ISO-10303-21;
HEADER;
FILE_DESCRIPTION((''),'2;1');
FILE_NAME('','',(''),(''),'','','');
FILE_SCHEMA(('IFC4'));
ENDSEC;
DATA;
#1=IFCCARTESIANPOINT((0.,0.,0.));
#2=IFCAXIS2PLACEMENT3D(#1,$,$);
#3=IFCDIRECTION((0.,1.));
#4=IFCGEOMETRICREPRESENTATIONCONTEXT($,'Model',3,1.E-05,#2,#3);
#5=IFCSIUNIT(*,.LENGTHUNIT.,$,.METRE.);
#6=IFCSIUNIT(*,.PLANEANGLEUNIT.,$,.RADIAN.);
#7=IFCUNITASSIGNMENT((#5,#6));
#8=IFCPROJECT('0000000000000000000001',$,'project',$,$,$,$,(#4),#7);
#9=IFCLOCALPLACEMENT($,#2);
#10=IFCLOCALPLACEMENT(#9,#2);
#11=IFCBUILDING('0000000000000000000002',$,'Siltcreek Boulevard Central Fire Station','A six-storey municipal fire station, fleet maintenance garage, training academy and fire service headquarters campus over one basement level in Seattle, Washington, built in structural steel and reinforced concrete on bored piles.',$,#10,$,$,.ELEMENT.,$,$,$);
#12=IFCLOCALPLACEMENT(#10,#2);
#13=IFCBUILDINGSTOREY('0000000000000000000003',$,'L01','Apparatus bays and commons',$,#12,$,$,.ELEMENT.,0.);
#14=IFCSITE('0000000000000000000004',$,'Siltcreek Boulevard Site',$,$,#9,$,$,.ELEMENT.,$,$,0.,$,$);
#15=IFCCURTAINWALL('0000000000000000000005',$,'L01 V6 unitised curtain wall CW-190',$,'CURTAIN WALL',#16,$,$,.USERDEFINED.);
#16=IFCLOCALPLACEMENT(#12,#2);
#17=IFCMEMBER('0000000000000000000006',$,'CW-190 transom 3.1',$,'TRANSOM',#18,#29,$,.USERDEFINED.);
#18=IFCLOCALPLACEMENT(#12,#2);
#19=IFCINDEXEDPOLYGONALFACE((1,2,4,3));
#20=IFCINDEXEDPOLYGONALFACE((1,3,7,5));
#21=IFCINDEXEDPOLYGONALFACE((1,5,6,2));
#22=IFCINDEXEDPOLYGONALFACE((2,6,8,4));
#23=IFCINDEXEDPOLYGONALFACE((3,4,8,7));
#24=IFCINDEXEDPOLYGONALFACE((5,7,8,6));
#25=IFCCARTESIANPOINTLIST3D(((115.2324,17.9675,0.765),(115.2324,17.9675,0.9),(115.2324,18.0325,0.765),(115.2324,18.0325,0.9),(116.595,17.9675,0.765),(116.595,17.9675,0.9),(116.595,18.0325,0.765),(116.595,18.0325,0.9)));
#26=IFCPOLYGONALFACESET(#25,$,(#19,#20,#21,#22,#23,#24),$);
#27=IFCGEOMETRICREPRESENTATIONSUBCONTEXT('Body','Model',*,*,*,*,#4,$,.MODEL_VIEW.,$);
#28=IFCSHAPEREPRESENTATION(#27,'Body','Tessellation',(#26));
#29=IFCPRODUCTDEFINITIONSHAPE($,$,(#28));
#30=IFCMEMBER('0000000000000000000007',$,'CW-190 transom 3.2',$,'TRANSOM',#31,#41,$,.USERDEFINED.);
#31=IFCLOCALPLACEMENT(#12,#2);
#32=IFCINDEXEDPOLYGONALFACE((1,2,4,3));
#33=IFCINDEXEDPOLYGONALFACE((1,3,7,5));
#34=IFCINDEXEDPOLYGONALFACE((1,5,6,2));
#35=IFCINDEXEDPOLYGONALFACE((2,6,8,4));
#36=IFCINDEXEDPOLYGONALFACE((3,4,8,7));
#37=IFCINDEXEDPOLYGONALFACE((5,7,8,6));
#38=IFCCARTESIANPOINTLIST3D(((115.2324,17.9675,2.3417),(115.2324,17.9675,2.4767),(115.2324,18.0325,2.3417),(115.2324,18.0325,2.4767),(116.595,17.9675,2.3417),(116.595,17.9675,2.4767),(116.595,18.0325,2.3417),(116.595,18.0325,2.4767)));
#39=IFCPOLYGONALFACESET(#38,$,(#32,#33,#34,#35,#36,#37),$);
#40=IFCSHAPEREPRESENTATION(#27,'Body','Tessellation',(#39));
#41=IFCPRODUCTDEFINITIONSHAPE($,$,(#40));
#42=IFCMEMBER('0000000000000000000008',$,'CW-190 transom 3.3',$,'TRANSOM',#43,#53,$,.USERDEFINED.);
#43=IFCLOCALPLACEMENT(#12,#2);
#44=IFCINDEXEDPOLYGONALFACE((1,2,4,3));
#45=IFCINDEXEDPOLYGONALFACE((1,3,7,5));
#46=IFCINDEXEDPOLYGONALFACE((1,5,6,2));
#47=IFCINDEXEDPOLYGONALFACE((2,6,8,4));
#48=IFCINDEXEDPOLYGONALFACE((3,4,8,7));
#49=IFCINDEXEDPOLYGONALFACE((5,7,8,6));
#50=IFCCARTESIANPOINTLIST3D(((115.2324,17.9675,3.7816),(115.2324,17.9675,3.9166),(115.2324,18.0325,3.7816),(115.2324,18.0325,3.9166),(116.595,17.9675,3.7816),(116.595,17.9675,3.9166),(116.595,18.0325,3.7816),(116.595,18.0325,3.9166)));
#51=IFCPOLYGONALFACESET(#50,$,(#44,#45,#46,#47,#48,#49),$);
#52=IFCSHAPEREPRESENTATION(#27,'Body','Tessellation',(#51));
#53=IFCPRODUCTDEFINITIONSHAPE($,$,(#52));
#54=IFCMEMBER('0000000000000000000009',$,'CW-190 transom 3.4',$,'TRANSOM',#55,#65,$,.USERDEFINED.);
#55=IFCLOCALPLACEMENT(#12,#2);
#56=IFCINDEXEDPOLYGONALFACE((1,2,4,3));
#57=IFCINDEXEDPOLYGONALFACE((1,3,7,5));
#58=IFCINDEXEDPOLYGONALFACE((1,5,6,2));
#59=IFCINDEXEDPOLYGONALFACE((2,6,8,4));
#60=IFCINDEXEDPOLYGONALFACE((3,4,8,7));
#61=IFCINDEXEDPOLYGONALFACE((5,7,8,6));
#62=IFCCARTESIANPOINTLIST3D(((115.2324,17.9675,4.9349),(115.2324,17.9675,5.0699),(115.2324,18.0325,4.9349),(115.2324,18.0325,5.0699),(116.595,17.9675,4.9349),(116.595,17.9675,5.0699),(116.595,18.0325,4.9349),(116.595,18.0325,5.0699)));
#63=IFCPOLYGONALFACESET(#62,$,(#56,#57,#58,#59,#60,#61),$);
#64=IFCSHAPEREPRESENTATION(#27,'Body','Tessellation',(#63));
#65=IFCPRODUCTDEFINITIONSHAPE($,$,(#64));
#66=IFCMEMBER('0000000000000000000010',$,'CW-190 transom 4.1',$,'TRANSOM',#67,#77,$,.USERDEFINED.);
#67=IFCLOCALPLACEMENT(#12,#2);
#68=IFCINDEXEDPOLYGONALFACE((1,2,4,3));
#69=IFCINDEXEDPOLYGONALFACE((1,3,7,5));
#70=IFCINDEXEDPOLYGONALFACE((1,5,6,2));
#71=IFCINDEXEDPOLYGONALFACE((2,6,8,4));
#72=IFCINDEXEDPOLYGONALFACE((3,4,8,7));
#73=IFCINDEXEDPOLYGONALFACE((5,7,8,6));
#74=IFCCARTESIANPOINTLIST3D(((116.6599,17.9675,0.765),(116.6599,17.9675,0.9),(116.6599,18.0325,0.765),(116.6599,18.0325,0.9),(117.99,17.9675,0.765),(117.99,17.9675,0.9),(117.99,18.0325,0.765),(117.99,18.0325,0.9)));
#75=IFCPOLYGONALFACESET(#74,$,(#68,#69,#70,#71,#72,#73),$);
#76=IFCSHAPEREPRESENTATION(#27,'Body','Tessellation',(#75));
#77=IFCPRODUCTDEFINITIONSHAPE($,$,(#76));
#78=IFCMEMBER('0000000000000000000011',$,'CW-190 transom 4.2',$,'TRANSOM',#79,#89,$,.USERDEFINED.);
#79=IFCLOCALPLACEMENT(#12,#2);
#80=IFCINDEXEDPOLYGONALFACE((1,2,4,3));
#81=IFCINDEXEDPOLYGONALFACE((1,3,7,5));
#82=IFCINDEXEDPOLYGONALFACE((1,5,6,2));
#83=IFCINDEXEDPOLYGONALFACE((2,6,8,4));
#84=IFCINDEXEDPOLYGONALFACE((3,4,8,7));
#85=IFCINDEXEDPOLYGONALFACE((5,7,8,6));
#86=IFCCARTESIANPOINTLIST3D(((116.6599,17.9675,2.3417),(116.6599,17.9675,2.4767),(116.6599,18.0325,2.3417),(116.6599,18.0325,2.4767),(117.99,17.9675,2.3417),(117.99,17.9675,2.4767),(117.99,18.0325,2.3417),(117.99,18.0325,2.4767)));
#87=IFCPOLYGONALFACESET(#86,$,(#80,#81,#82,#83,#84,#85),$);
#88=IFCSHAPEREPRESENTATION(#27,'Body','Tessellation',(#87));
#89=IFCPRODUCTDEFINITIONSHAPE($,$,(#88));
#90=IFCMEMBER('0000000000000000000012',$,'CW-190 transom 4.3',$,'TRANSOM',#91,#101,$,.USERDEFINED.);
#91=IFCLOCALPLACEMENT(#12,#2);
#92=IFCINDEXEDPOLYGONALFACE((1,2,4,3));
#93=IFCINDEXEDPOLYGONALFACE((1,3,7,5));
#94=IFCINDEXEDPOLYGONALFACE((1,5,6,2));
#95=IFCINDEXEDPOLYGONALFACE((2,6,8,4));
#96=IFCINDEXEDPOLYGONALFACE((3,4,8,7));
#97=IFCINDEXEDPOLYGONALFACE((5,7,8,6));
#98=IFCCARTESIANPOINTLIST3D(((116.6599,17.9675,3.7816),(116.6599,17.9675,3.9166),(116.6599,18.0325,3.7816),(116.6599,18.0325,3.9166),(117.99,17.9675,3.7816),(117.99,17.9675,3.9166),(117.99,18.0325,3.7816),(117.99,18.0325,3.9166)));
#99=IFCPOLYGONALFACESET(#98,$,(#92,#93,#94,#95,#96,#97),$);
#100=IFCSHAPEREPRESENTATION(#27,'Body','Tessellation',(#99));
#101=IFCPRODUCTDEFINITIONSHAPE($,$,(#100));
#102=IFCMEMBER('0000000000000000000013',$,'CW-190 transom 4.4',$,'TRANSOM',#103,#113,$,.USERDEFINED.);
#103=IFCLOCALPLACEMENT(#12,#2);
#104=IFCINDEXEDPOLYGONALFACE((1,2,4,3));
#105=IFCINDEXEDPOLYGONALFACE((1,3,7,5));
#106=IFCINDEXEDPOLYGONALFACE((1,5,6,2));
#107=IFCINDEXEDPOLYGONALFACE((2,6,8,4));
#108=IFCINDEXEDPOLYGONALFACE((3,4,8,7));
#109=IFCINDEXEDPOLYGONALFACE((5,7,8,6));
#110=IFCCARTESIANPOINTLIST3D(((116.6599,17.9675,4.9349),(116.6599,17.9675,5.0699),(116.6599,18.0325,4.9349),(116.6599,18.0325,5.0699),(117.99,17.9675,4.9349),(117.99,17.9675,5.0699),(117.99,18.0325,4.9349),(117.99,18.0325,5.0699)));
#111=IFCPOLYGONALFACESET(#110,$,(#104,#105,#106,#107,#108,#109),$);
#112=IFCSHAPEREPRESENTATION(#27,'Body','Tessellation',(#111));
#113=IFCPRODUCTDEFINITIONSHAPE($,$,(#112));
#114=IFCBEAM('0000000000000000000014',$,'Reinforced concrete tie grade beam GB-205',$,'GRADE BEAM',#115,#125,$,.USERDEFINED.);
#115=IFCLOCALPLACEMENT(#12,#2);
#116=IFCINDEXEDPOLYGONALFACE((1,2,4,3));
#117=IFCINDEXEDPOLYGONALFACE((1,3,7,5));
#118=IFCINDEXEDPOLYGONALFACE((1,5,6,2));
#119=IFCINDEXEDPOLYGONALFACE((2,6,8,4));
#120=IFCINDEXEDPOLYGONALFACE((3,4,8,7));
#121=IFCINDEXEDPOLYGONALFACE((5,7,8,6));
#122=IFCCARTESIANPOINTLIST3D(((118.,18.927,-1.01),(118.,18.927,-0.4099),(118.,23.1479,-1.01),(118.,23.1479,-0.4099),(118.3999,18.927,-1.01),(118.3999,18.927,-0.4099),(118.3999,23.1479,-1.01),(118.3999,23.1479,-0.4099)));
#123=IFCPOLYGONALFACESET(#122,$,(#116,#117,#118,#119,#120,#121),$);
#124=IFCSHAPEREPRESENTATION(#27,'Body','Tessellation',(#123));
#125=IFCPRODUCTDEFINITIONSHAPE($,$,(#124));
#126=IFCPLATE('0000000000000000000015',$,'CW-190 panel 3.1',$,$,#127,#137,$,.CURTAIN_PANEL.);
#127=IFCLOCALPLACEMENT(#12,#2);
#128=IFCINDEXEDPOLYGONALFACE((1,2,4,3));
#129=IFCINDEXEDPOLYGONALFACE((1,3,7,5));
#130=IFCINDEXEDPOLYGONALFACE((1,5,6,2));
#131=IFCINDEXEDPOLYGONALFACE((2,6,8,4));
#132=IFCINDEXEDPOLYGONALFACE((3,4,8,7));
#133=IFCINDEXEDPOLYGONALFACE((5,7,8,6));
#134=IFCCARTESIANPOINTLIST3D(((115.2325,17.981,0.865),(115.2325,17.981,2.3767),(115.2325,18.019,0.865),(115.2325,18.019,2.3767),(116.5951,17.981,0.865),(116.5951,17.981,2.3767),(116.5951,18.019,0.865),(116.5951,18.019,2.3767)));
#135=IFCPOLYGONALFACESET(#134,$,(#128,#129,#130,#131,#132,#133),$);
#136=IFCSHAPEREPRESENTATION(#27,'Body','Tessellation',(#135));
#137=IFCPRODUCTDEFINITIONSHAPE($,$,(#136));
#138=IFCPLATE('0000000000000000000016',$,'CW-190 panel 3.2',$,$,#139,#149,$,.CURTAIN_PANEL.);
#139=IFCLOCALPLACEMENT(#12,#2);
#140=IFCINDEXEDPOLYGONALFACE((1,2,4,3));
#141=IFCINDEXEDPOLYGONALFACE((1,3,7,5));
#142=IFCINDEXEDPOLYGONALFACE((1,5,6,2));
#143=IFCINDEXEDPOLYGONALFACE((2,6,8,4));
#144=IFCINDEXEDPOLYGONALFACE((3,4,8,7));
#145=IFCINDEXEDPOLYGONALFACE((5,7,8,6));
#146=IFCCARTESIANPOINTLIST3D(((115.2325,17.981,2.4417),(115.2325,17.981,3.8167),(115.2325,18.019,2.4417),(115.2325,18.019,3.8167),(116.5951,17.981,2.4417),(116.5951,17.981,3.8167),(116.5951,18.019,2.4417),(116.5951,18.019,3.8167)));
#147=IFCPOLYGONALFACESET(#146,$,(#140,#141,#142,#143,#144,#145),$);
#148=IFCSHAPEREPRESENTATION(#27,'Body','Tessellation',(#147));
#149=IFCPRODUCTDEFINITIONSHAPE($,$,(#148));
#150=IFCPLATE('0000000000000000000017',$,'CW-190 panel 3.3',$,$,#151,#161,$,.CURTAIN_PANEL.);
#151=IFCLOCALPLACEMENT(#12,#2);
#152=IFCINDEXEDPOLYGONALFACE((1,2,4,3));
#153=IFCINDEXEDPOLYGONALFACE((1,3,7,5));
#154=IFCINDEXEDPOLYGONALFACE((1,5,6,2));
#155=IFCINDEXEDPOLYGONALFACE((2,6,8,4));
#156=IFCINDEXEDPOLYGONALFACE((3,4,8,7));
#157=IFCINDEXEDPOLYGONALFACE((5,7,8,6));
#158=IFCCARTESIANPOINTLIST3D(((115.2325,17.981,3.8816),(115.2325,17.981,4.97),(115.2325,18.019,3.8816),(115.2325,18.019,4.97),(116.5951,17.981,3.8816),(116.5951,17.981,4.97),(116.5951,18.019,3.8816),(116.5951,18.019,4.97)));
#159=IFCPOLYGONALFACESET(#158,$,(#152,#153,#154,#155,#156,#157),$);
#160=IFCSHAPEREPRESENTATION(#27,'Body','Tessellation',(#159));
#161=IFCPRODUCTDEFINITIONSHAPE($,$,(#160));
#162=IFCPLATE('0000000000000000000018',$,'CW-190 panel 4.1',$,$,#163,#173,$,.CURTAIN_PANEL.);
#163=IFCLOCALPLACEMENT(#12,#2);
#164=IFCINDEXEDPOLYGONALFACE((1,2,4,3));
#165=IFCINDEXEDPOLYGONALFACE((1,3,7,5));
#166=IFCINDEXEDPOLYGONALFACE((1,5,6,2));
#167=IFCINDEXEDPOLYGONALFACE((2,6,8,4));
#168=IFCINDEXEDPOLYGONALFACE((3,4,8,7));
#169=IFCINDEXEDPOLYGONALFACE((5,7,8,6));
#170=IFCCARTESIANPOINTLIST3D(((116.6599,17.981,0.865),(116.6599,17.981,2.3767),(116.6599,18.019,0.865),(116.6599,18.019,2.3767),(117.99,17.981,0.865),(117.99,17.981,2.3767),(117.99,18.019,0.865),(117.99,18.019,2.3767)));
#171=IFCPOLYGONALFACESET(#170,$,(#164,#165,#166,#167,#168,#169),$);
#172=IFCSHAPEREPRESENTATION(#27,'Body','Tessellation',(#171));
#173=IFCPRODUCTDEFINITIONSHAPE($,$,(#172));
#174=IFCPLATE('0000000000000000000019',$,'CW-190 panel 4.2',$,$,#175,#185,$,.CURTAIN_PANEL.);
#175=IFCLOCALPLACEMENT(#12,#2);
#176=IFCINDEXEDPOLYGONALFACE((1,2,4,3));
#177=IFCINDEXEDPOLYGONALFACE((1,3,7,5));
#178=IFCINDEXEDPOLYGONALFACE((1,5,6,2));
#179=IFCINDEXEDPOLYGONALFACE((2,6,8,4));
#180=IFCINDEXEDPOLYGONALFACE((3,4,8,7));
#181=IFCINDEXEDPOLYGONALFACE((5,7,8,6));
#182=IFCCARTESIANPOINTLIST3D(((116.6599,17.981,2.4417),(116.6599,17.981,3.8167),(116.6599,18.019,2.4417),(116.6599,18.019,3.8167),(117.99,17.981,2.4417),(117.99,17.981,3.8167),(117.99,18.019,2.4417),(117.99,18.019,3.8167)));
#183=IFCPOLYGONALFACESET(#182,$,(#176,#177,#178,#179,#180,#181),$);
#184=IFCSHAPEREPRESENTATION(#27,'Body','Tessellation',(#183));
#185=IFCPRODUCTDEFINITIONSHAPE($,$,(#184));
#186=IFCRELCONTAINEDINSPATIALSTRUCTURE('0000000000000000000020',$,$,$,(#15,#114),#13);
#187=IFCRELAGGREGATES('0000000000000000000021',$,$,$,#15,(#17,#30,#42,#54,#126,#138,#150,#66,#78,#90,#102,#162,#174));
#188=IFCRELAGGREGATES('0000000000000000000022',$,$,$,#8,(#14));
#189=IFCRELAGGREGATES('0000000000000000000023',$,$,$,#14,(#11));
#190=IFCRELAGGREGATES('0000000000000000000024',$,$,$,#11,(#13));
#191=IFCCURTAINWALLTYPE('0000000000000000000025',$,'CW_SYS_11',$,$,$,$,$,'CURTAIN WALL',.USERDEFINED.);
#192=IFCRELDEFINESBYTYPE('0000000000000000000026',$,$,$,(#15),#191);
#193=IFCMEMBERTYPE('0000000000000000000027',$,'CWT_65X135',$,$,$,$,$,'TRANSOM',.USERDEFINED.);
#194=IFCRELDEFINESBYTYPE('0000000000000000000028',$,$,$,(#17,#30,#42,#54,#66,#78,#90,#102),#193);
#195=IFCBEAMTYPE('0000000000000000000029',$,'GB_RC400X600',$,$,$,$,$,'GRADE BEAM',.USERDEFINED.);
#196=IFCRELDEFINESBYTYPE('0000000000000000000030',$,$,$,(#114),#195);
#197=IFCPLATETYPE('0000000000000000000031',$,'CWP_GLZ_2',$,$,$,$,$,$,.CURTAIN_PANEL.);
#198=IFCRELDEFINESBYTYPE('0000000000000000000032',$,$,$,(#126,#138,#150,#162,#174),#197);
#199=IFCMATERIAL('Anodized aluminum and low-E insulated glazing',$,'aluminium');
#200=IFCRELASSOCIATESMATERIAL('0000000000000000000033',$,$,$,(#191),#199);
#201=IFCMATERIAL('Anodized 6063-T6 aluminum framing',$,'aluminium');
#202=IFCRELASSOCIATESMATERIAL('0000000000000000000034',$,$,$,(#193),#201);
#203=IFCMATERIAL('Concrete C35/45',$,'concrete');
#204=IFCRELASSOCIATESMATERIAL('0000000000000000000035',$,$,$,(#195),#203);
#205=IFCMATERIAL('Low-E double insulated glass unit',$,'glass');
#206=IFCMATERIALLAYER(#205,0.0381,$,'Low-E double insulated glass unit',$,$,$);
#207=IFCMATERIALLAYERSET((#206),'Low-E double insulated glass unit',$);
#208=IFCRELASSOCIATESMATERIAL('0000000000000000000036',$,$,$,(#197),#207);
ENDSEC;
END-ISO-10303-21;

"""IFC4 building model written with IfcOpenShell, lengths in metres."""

from ifc_helpers import new_model, si_unit, direction, frame, origin, origin_2d, place, context, subcontext, project, spatial, rectangle, extrude, material, layer, layer_set, material_profile, profile_set, type_object, element, aggregate, save


model = new_model("IFC4")

# Units and contexts
model_context = context("Model", 3, precision=1e-05, world=origin(), true_north=direction((0.0, 1.0)))
body_context = subcontext(model_context, "Body", "Model", "MODEL_VIEW")
ifc_project = project(units=[si_unit("LENGTHUNIT", "METRE"), si_unit("PLANEANGLEUNIT", "RADIAN")], contexts=[model_context])

# Site, building, storey
site_placement = place(None, origin())
site = spatial("IfcSite", under=ifc_project, at=site_placement, Name="Siltcreek Boulevard Site", CompositionType="ELEMENT", RefElevation=0.0)
building_placement = place(site_placement, origin())
building = spatial("IfcBuilding", under=site, at=building_placement, Name="Siltcreek Boulevard Central Fire Station", Description="A six-storey municipal fire station, fleet maintenance garage, training academy and fire service headquarters campus over one basement level in Seattle, Washington, built in structural steel and reinforced concrete on bored piles.", CompositionType="ELEMENT")
storey_placement = place(building_placement, origin())
storey = spatial("IfcBuildingStorey", under=building, at=storey_placement, Name="L01", Description="Apparatus bays and commons", CompositionType="ELEMENT", Elevation=0.0)

# Shared definitions
ifc_material_1 = material(Name="Concrete C35/45", Category="concrete")

# Shared definitions
ifc_material_2 = material(Name="Anodized aluminum and low-E insulated glazing", Category="aluminium")
ifc_material_3 = material(Name="Anodized 6063-T6 aluminum framing", Category="aluminium")

# Curtain wall
curtain_wall_type_1 = type_object("IfcCurtainWallType", Name="CW_SYS_11", ElementType="CURTAIN WALL", PredefinedType="USERDEFINED", material=ifc_material_2)
curtain_wall_1_placement = place(storey_placement, origin())
curtain_wall_1 = element("IfcCurtainWall", 1, at=curtain_wall_1_placement, inside=storey, type_object=curtain_wall_type_1, Name="L01 V6 unitised curtain wall CW-190", ObjectType="CURTAIN WALL", PredefinedType="USERDEFINED")

# Members
ifc_material_profile_1 = material_profile(ifc_material_3, rectangle(XDim=0.0649, YDim=0.135, at=origin_2d()), Name="TRAN65X135")
ifc_profile_set_1 = profile_set([ifc_material_profile_1], Name="Anodized 6063-T6 aluminum framing")
member_type_1 = type_object("IfcMemberType", Name="CWT_65X135", ElementType="TRANSOM", PredefinedType="USERDEFINED", material=ifc_profile_set_1)
member_1_placement = place(storey_placement, frame((115.2324, 18.0, 0.8325), z_axis=(1.0, 0.0, 0.0), x_axis=(0.0, 1.0, 0.0)))
member_1 = element("IfcMember", 2, at=member_1_placement, type_object=member_type_1, Name="CW-190 transom 3.1", ObjectType="TRANSOM", PredefinedType="USERDEFINED", context=body_context, shape_type="SweptSolid", body=[
    extrude(rectangle(XDim=0.0649, YDim=0.135, at=origin_2d()), origin(), (0.0, 0.0, 1.0), 1.3625),
])
member_2_placement = place(storey_placement, frame((115.2324, 18.0, 2.4092), z_axis=(1.0, 0.0, 0.0), x_axis=(0.0, 1.0, 0.0)))
member_2 = element("IfcMember", 3, at=member_2_placement, type_object=member_type_1, Name="CW-190 transom 3.2", ObjectType="TRANSOM", PredefinedType="USERDEFINED", context=body_context, shape_type="SweptSolid", body=[
    extrude(rectangle(XDim=0.0649, YDim=0.135, at=origin_2d()), origin(), (0.0, 0.0, 1.0), 1.3625),
])
member_3_placement = place(storey_placement, frame((115.2324, 18.0, 3.8491), z_axis=(1.0, 0.0, 0.0), x_axis=(0.0, 1.0, 0.0)))
member_3 = element("IfcMember", 4, at=member_3_placement, type_object=member_type_1, Name="CW-190 transom 3.3", ObjectType="TRANSOM", PredefinedType="USERDEFINED", context=body_context, shape_type="SweptSolid", body=[
    extrude(rectangle(XDim=0.0649, YDim=0.135, at=origin_2d()), origin(), (0.0, 0.0, 1.0), 1.3625),
])
member_4_placement = place(storey_placement, frame((115.2324, 18.0, 5.0024), z_axis=(1.0, 0.0, 0.0), x_axis=(0.0, 1.0, 0.0)))
member_4 = element("IfcMember", 5, at=member_4_placement, type_object=member_type_1, Name="CW-190 transom 3.4", ObjectType="TRANSOM", PredefinedType="USERDEFINED", context=body_context, shape_type="SweptSolid", body=[
    extrude(rectangle(XDim=0.0649, YDim=0.135, at=origin_2d()), origin(), (0.0, 0.0, 1.0), 1.3625),
])
member_5_placement = place(storey_placement, frame((116.6599, 18.0, 0.8325), z_axis=(1.0, 0.0, 0.0), x_axis=(0.0, 1.0, 0.0)))
member_5 = element("IfcMember", 6, at=member_5_placement, type_object=member_type_1, Name="CW-190 transom 4.1", ObjectType="TRANSOM", PredefinedType="USERDEFINED", context=body_context, shape_type="SweptSolid", body=[
    extrude(rectangle(XDim=0.0649, YDim=0.135, at=origin_2d()), origin(), (0.0, 0.0, 1.0), 1.3301),
])
member_6_placement = place(storey_placement, frame((116.6599, 18.0, 2.4092), z_axis=(1.0, 0.0, 0.0), x_axis=(0.0, 1.0, 0.0)))
member_6 = element("IfcMember", 7, at=member_6_placement, type_object=member_type_1, Name="CW-190 transom 4.2", ObjectType="TRANSOM", PredefinedType="USERDEFINED", context=body_context, shape_type="SweptSolid", body=[
    extrude(rectangle(XDim=0.0649, YDim=0.135, at=origin_2d()), origin(), (0.0, 0.0, 1.0), 1.3301),
])
member_7_placement = place(storey_placement, frame((116.6599, 18.0, 3.8491), z_axis=(1.0, 0.0, 0.0), x_axis=(0.0, 1.0, 0.0)))
member_7 = element("IfcMember", 8, at=member_7_placement, type_object=member_type_1, Name="CW-190 transom 4.3", ObjectType="TRANSOM", PredefinedType="USERDEFINED", context=body_context, shape_type="SweptSolid", body=[
    extrude(rectangle(XDim=0.0649, YDim=0.135, at=origin_2d()), origin(), (0.0, 0.0, 1.0), 1.3301),
])
member_8_placement = place(storey_placement, frame((116.6599, 18.0, 5.0024), z_axis=(1.0, 0.0, 0.0), x_axis=(0.0, 1.0, 0.0)))
member_8 = element("IfcMember", 9, at=member_8_placement, type_object=member_type_1, Name="CW-190 transom 4.4", ObjectType="TRANSOM", PredefinedType="USERDEFINED", context=body_context, shape_type="SweptSolid", body=[
    extrude(rectangle(XDim=0.0649, YDim=0.135, at=origin_2d()), origin(), (0.0, 0.0, 1.0), 1.3301),
])

# Beam
ifc_material_profile_2 = material_profile(ifc_material_1, rectangle(XDim=0.3999, YDim=0.6001, at=origin_2d()), Name="RC400X600")
ifc_profile_set_2 = profile_set([ifc_material_profile_2], Name="Concrete C35/45")
beam_type = type_object("IfcBeamType", Name="GB_RC400X600", ElementType="GRADE BEAM", PredefinedType="USERDEFINED", material=ifc_profile_set_2)
beam_placement = place(storey_placement, frame((118.2, 18.927, -0.71), z_axis=(0.0, 1.0, 0.0), x_axis=(-1.0, 0.0, 0.0)))
element("IfcBeam", 10, at=beam_placement, inside=storey, type_object=beam_type, Name="Reinforced concrete tie grade beam GB-205", ObjectType="GRADE BEAM", PredefinedType="USERDEFINED", context=body_context, shape_type="SweptSolid", body=[
    extrude(rectangle(XDim=0.3999, YDim=0.6001, at=origin_2d()), origin(), (0.0, 0.0, 1.0), 4.2209),
])

# Plates
ifc_material_4 = material(Name="Low-E double insulated glass unit", Category="glass")
ifc_layer_1 = layer(ifc_material_4, 0.0381, Name="Low-E double insulated glass unit")
ifc_layer_set_1 = layer_set([ifc_layer_1], Name="Low-E double insulated glass unit")
plate_type_1 = type_object("IfcPlateType", Name="CWP_GLZ_2", PredefinedType="CURTAIN_PANEL", material=ifc_layer_set_1)
plate_1_placement = place(storey_placement, frame((115.9138, 18.0, 0.865), z_axis=(0.0, 0.0, 1.0), x_axis=(1.0, 0.0, 0.0)))
plate_1 = element("IfcPlate", 11, at=plate_1_placement, type_object=plate_type_1, Name="CW-190 panel 3.1", PredefinedType="CURTAIN_PANEL", context=body_context, shape_type="SweptSolid", body=[
    extrude(rectangle(XDim=1.3625, YDim=0.0381, at=origin_2d()), origin(), (0.0, 0.0, 1.0), 1.5117),
])
plate_2_placement = place(storey_placement, frame((115.9138, 18.0, 2.4417), z_axis=(0.0, 0.0, 1.0), x_axis=(1.0, 0.0, 0.0)))
plate_2 = element("IfcPlate", 12, at=plate_2_placement, type_object=plate_type_1, Name="CW-190 panel 3.2", PredefinedType="CURTAIN_PANEL", context=body_context, shape_type="SweptSolid", body=[
    extrude(rectangle(XDim=1.3625, YDim=0.0381, at=origin_2d()), origin(), (0.0, 0.0, 1.0), 1.375),
])
plate_3_placement = place(storey_placement, frame((115.9138, 18.0, 3.8816), z_axis=(0.0, 0.0, 1.0), x_axis=(1.0, 0.0, 0.0)))
plate_3 = element("IfcPlate", 13, at=plate_3_placement, type_object=plate_type_1, Name="CW-190 panel 3.3", PredefinedType="CURTAIN_PANEL", context=body_context, shape_type="SweptSolid", body=[
    extrude(rectangle(XDim=1.3625, YDim=0.0381, at=origin_2d()), origin(), (0.0, 0.0, 1.0), 1.0884),
])
plate_4_placement = place(storey_placement, frame((117.325, 18.0, 0.865), z_axis=(0.0, 0.0, 1.0), x_axis=(1.0, 0.0, 0.0)))
plate_4 = element("IfcPlate", 14, at=plate_4_placement, type_object=plate_type_1, Name="CW-190 panel 4.1", PredefinedType="CURTAIN_PANEL", context=body_context, shape_type="SweptSolid", body=[
    extrude(rectangle(XDim=1.3301, YDim=0.0381, at=origin_2d()), origin(), (0.0, 0.0, 1.0), 1.5117),
])
plate_5_placement = place(storey_placement, frame((117.325, 18.0, 2.4417), z_axis=(0.0, 0.0, 1.0), x_axis=(1.0, 0.0, 0.0)))
plate_5 = element("IfcPlate", 15, at=plate_5_placement, type_object=plate_type_1, Name="CW-190 panel 4.2", PredefinedType="CURTAIN_PANEL", context=body_context, shape_type="SweptSolid", body=[
    extrude(rectangle(XDim=1.3301, YDim=0.0381, at=origin_2d()), origin(), (0.0, 0.0, 1.0), 1.375),
])
aggregate(curtain_wall_1, [member_1, member_2, member_3, member_4, plate_1, plate_2, plate_3, member_5, member_6, member_7, member_8, plate_4, plate_5])

save(model, "model.ifc")
